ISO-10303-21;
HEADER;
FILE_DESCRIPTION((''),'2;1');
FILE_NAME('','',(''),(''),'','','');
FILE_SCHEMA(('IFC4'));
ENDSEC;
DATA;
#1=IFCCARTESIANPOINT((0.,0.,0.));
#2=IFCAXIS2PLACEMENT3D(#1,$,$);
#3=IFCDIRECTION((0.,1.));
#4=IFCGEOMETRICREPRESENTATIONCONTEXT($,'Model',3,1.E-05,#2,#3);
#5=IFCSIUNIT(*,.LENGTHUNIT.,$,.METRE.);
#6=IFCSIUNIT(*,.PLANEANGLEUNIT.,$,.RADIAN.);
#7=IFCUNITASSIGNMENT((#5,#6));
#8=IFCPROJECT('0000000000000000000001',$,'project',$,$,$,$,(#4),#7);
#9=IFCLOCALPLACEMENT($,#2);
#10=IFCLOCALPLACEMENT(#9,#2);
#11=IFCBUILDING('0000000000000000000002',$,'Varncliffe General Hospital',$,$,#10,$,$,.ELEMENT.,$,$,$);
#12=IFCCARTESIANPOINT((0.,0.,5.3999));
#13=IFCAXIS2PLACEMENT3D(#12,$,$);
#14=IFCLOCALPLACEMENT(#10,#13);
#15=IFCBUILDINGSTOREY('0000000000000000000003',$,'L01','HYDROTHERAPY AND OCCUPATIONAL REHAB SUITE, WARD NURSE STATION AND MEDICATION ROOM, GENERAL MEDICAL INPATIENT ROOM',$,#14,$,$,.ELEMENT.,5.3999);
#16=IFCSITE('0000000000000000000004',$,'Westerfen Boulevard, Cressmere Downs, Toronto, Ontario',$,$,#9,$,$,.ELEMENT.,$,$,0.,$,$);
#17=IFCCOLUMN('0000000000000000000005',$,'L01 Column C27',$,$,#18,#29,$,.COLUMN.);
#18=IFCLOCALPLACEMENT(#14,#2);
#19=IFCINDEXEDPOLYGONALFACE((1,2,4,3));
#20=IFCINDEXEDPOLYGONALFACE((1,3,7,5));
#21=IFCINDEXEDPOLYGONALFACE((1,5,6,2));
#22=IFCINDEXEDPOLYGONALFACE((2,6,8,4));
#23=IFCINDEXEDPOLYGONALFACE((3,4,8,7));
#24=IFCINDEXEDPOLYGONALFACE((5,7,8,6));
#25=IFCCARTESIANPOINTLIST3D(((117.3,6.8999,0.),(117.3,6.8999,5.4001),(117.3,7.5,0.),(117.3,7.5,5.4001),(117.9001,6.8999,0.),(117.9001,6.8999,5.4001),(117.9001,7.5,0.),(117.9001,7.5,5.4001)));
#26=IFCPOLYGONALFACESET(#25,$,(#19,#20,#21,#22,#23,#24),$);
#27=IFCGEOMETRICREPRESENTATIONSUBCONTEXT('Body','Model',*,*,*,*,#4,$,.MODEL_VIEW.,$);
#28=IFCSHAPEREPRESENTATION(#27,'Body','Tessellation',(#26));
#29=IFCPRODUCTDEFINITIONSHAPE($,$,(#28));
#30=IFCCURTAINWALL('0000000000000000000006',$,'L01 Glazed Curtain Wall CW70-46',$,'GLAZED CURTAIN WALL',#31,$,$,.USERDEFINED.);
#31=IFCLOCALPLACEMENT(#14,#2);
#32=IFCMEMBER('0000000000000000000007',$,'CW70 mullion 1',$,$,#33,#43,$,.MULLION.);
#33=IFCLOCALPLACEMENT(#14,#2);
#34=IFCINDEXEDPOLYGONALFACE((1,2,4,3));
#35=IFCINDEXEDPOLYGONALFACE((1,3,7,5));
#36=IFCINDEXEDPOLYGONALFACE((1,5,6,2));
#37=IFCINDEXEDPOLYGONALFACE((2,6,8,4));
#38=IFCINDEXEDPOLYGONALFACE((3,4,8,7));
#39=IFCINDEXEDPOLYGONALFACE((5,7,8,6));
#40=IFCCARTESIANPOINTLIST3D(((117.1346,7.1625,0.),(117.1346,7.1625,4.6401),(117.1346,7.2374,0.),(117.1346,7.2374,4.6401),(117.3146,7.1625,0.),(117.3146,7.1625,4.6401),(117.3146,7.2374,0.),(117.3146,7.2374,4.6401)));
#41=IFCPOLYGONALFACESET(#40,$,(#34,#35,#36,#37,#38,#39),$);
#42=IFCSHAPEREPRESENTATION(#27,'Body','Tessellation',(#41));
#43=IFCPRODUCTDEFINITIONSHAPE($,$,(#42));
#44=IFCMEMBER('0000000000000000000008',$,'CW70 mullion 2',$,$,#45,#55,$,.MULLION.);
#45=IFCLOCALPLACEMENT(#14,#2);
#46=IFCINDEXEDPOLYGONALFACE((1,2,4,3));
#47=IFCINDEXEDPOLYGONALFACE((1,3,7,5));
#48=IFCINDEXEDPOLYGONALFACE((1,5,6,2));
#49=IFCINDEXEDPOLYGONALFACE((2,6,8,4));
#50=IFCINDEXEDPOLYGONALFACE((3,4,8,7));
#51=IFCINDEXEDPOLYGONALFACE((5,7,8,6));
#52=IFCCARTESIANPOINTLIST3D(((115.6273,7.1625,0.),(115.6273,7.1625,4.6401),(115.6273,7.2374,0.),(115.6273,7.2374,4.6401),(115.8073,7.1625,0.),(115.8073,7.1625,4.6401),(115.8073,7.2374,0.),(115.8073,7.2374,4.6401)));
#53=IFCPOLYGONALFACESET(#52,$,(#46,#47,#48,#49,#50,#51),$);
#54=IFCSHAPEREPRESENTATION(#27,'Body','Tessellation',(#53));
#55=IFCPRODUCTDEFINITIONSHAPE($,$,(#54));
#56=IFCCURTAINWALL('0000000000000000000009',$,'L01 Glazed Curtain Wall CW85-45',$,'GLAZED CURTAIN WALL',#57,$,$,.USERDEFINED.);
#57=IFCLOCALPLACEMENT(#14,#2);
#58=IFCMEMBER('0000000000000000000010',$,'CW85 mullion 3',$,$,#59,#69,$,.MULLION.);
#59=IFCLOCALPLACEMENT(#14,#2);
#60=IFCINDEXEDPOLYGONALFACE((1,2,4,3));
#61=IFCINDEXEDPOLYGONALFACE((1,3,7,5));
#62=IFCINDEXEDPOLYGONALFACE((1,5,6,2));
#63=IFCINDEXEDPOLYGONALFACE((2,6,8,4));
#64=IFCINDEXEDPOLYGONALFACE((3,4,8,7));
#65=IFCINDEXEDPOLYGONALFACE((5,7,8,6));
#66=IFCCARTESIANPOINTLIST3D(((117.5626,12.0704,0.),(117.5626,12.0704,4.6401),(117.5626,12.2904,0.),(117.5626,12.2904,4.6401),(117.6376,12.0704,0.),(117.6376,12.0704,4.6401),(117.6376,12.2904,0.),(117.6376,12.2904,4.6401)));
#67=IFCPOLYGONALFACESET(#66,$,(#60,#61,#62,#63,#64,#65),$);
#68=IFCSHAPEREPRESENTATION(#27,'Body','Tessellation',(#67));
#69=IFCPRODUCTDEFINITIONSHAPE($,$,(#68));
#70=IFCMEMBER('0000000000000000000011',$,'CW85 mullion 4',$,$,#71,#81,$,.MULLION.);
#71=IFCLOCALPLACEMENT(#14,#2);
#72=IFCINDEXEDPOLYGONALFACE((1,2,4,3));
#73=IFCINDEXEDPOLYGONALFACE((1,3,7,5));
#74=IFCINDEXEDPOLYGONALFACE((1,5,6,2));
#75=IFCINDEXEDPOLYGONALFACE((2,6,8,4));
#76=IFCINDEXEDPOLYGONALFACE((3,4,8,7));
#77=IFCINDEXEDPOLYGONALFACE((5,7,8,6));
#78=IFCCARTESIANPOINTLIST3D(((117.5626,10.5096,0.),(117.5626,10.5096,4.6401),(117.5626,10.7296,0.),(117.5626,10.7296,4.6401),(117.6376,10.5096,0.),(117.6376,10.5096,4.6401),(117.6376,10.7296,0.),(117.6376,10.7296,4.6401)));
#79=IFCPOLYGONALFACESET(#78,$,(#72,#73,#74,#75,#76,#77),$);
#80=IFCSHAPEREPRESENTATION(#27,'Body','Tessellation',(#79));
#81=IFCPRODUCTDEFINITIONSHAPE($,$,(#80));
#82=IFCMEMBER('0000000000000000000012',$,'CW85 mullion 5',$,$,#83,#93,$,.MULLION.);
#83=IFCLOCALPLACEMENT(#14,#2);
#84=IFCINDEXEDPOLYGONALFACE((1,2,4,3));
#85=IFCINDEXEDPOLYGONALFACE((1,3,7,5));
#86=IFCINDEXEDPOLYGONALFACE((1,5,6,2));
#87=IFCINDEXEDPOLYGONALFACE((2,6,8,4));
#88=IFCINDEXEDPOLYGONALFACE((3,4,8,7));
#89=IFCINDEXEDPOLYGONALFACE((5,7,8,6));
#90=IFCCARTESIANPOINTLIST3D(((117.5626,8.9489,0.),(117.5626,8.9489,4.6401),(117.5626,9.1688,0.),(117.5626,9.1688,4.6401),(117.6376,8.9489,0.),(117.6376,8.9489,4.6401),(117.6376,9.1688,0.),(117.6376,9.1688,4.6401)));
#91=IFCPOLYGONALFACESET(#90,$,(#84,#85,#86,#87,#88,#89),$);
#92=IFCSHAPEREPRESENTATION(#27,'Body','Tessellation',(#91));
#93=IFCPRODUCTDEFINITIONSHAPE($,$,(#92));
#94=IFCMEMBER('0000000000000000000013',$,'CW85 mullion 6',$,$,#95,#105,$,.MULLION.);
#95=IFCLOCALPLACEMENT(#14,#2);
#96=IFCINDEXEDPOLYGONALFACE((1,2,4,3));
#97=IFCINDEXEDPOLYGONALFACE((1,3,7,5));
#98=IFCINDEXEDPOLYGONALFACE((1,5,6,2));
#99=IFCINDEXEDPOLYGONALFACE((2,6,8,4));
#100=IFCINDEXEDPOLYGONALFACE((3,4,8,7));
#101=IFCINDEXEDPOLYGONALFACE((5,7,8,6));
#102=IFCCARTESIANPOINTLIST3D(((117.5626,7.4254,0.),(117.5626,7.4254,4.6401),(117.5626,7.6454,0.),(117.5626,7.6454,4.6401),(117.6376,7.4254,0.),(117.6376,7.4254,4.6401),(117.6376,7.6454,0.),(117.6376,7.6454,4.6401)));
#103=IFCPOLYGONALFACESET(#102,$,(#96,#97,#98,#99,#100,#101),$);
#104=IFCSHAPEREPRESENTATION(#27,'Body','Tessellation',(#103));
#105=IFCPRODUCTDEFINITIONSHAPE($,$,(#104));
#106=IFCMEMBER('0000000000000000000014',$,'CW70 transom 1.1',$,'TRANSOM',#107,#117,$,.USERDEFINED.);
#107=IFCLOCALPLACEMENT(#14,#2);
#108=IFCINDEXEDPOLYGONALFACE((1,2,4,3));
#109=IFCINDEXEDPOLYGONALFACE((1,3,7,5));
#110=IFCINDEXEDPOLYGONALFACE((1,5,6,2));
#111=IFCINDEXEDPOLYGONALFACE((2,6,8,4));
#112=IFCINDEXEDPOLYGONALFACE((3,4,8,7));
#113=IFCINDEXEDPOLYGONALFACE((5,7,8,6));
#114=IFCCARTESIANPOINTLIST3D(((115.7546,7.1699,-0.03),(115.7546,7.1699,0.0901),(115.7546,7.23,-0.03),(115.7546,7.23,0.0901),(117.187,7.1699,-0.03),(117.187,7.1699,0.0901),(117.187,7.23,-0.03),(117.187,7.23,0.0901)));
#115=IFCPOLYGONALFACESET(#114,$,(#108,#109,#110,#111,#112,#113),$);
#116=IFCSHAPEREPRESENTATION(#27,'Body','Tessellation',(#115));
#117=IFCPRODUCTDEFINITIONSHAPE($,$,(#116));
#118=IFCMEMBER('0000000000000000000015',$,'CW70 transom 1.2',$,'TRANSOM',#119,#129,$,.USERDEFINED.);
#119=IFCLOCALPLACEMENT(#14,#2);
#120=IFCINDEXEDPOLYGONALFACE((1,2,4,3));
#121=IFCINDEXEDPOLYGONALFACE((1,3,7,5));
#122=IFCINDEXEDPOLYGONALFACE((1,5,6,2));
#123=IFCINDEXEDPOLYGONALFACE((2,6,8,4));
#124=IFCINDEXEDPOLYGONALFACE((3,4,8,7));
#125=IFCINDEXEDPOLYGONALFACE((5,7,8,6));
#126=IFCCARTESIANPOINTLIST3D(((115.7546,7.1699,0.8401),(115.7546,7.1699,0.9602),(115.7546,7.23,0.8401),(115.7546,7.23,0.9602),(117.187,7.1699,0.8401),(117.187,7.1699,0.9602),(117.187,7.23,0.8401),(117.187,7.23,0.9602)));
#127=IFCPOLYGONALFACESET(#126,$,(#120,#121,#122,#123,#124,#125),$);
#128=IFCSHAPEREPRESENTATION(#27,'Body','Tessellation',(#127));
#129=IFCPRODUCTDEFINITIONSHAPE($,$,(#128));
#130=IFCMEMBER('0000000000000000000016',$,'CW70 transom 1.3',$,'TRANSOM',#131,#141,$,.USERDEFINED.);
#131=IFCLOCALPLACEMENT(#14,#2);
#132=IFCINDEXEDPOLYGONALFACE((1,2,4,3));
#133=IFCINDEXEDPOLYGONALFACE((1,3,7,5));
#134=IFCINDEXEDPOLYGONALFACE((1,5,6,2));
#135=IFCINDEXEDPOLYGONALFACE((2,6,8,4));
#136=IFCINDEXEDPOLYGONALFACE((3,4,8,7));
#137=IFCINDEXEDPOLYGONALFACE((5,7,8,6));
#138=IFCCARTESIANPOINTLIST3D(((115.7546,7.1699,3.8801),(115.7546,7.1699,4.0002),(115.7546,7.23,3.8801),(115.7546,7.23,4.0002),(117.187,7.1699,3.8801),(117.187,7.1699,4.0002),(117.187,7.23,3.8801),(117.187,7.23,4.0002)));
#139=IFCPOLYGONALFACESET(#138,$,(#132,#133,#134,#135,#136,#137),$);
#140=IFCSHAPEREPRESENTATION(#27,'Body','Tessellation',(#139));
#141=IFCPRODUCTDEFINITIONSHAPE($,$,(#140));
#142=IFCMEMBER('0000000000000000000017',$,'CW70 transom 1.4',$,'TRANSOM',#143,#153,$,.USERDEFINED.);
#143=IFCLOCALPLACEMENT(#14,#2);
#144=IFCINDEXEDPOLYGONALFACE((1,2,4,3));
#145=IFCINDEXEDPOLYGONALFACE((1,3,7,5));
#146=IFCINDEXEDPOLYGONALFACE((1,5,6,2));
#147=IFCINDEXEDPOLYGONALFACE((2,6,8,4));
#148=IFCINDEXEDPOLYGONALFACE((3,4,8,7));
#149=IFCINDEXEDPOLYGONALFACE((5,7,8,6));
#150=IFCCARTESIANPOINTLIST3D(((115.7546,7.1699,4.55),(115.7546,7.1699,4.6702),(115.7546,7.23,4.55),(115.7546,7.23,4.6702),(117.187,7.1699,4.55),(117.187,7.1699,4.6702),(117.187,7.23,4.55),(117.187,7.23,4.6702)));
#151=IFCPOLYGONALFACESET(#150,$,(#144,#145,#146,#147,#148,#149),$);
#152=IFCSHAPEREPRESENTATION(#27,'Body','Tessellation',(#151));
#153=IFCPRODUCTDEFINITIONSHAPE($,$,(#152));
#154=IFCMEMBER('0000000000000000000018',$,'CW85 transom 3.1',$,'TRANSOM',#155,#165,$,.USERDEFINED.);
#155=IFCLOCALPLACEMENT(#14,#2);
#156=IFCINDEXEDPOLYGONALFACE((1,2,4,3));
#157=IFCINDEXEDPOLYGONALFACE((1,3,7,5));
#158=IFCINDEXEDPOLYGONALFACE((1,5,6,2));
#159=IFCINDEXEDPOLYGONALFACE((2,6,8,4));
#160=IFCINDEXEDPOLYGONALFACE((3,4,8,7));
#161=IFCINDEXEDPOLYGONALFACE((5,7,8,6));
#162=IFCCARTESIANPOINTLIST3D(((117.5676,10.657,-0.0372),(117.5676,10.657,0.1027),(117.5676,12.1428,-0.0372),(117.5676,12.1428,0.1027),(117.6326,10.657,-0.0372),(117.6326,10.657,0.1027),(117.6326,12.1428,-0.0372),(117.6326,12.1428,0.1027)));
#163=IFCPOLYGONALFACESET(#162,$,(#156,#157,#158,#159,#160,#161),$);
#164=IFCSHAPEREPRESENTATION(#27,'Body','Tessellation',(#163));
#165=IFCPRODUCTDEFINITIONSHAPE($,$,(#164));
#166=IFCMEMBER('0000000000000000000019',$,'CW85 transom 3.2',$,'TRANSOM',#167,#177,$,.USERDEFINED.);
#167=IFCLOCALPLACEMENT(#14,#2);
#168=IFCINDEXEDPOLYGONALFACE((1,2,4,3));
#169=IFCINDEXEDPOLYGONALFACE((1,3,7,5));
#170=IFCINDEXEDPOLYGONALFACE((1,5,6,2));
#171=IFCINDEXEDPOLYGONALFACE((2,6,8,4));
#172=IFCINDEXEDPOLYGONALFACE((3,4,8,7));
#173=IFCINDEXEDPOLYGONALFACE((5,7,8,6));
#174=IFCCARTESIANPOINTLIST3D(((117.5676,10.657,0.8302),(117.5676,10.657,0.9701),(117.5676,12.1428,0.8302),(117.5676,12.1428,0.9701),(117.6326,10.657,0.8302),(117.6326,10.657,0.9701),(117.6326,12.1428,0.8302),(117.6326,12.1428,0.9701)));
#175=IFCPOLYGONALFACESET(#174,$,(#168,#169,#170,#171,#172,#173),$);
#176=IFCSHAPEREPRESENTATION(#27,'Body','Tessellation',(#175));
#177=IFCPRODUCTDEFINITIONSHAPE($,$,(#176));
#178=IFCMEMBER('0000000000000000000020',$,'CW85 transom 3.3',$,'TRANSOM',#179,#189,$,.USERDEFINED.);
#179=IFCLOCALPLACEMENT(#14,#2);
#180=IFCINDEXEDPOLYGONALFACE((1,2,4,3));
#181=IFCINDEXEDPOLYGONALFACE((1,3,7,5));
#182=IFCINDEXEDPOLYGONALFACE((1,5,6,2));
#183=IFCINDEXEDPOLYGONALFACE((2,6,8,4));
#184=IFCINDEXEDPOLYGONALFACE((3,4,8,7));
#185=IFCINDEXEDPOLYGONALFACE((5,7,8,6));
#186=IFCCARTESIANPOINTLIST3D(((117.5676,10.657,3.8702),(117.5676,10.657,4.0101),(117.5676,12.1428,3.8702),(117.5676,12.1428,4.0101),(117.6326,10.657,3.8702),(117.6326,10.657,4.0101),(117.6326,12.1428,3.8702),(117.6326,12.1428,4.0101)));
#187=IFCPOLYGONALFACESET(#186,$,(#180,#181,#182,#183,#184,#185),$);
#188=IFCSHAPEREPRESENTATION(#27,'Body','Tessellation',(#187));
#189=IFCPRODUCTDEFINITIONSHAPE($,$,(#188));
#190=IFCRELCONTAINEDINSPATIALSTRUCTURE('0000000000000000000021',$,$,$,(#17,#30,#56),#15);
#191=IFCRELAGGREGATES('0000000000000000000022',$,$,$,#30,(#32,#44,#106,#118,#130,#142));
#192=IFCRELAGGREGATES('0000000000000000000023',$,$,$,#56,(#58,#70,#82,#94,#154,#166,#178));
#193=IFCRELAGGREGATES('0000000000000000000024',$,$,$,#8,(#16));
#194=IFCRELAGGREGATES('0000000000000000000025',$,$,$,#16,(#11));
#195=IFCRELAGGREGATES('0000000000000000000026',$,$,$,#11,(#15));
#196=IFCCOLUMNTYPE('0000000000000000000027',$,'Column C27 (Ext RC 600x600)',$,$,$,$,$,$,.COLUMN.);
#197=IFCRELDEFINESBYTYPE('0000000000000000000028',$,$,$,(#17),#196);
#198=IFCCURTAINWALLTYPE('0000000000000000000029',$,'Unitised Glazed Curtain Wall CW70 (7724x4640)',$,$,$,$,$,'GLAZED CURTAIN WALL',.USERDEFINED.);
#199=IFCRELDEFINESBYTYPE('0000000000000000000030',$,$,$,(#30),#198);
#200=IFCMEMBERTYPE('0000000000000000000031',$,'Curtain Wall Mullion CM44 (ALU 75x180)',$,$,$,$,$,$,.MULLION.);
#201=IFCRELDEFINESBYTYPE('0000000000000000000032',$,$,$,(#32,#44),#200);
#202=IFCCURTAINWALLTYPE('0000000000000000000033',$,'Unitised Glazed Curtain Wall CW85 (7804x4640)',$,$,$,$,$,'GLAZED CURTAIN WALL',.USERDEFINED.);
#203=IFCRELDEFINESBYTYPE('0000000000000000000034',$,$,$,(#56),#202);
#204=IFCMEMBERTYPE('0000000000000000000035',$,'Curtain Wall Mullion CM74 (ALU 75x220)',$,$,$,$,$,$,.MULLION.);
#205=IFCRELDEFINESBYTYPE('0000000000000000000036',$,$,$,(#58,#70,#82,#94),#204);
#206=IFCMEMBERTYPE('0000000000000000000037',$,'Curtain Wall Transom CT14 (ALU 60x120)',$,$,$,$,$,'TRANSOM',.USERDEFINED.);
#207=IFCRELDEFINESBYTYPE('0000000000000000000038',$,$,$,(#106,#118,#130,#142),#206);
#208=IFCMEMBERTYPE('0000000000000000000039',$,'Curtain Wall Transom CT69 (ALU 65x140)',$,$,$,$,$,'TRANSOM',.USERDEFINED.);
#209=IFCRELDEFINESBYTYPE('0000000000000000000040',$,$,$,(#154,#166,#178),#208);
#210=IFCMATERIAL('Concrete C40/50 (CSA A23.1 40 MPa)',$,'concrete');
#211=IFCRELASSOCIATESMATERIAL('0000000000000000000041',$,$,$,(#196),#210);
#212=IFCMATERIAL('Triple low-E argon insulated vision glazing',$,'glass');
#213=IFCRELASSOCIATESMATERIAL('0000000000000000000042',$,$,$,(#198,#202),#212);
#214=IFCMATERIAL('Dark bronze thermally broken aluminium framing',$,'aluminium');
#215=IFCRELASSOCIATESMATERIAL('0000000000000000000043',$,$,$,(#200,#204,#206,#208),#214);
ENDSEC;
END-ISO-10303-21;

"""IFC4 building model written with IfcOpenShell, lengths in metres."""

from ifc_helpers import new_model, si_unit, direction, frame, origin, origin_2d, place, context, subcontext, project, spatial, rectangle, extrude, material, material_profile, profile_set, type_object, element, aggregate, save


model = new_model("IFC4")

# Units and contexts
model_context = context("Model", 3, precision=1e-05, world=origin(), true_north=direction((0.0, 1.0)))
body_context = subcontext(model_context, "Body", "Model", "MODEL_VIEW")
ifc_project = project(units=[si_unit("LENGTHUNIT", "METRE"), si_unit("PLANEANGLEUNIT", "RADIAN")], contexts=[model_context])

# Site, building, storey
site_placement = place(None, origin())
site = spatial("IfcSite", under=ifc_project, at=site_placement, Name="Westerfen Boulevard, Cressmere Downs, Toronto, Ontario", CompositionType="ELEMENT", RefElevation=0.0)
building_placement = place(site_placement, origin())
building = spatial("IfcBuilding", under=site, at=building_placement, Name="Varncliffe General Hospital", CompositionType="ELEMENT")
storey_placement = place(building_placement, frame((0.0, 0.0, 5.3999)))
storey = spatial("IfcBuildingStorey", under=building, at=storey_placement, Name="L01", Description="HYDROTHERAPY AND OCCUPATIONAL REHAB SUITE, WARD NURSE STATION AND MEDICATION ROOM, GENERAL MEDICAL INPATIENT ROOM", CompositionType="ELEMENT", Elevation=5.3999)

# Column
ifc_material_1 = material(Name="Concrete C40/50 (CSA A23.1 40 MPa)", Category="concrete")
ifc_material_profile_1 = material_profile(ifc_material_1, rectangle(XDim=0.6001, YDim=0.6001, at=origin_2d()), Name="RC 600x600")
ifc_profile_set_1 = profile_set([ifc_material_profile_1], Name="Concrete C40/50 (CSA A23.1 40 MPa)")
column_type = type_object("IfcColumnType", Name="Column C27 (Ext RC 600x600)", PredefinedType="COLUMN", material=ifc_profile_set_1)
column_placement = place(storey_placement, frame((117.6001, 7.2, 0.0), z_axis=(0.0, 0.0, 1.0), x_axis=(1.0, 0.0, 0.0)))
element("IfcColumn", 1, at=column_placement, inside=storey, type_object=column_type, Name="L01 Column C27", PredefinedType="COLUMN", context=body_context, shape_type="SweptSolid", body=[
    extrude(rectangle(XDim=0.6001, YDim=0.6001, at=origin_2d()), origin(), (0.0, 0.0, 1.0), 5.4001),
])

# Curtain walls, members
ifc_material_2 = material(Name="Triple low-E argon insulated vision glazing", Category="glass")
curtain_wall_type_1 = type_object("IfcCurtainWallType", Name="Unitised Glazed Curtain Wall CW70 (7724x4640)", ElementType="GLAZED CURTAIN WALL", PredefinedType="USERDEFINED", material=ifc_material_2)
curtain_wall_1_placement = place(storey_placement, origin())
curtain_wall_1 = element("IfcCurtainWall", 2, at=curtain_wall_1_placement, inside=storey, type_object=curtain_wall_type_1, Name="L01 Glazed Curtain Wall CW70-46", ObjectType="GLAZED CURTAIN WALL", PredefinedType="USERDEFINED")
ifc_material_3 = material(Name="Dark bronze thermally broken aluminium framing", Category="aluminium")
ifc_material_profile_2 = material_profile(ifc_material_3, rectangle(XDim=0.075, YDim=0.1799, at=origin_2d()), Name="ALU 75x180")
ifc_profile_set_2 = profile_set([ifc_material_profile_2], Name="Dark bronze thermally broken aluminium framing")
member_type_1 = type_object("IfcMemberType", Name="Curtain Wall Mullion CM44 (ALU 75x180)", PredefinedType="MULLION", material=ifc_profile_set_2)
member_1_placement = place(storey_placement, frame((117.2246, 7.2, 0.0), z_axis=(0.0, 0.0, 1.0), x_axis=(0.0, -1.0, 0.0)))
member_1 = element("IfcMember", 3, at=member_1_placement, type_object=member_type_1, Name="CW70 mullion 1", PredefinedType="MULLION", context=body_context, shape_type="SweptSolid", body=[
    extrude(rectangle(XDim=0.075, YDim=0.1799, at=origin_2d()), origin(), (0.0, 0.0, 1.0), 4.6401),
])
member_2_placement = place(storey_placement, frame((115.7173, 7.2, 0.0), z_axis=(0.0, 0.0, 1.0), x_axis=(0.0, -1.0, 0.0)))
member_2 = element("IfcMember", 4, at=member_2_placement, type_object=member_type_1, Name="CW70 mullion 2", PredefinedType="MULLION", context=body_context, shape_type="SweptSolid", body=[
    extrude(rectangle(XDim=0.075, YDim=0.1799, at=origin_2d()), origin(), (0.0, 0.0, 1.0), 4.6401),
])
curtain_wall_type_2 = type_object("IfcCurtainWallType", Name="Unitised Glazed Curtain Wall CW85 (7804x4640)", ElementType="GLAZED CURTAIN WALL", PredefinedType="USERDEFINED", material=ifc_material_2)
curtain_wall_2_placement = place(storey_placement, origin())
curtain_wall_2 = element("IfcCurtainWall", 5, at=curtain_wall_2_placement, inside=storey, type_object=curtain_wall_type_2, Name="L01 Glazed Curtain Wall CW85-45", ObjectType="GLAZED CURTAIN WALL", PredefinedType="USERDEFINED")
ifc_material_profile_3 = material_profile(ifc_material_3, rectangle(XDim=0.075, YDim=0.22, at=origin_2d()), Name="ALU 75x220")
ifc_profile_set_3 = profile_set([ifc_material_profile_3], Name="Dark bronze thermally broken aluminium framing")
member_type_2 = type_object("IfcMemberType", Name="Curtain Wall Mullion CM74 (ALU 75x220)", PredefinedType="MULLION", material=ifc_profile_set_3)
member_3_placement = place(storey_placement, frame((117.6001, 12.1804, 0.0), z_axis=(0.0, 0.0, 1.0), x_axis=(1.0, 0.0, 0.0)))
member_3 = element("IfcMember", 6, at=member_3_placement, type_object=member_type_2, Name="CW85 mullion 3", PredefinedType="MULLION", context=body_context, shape_type="SweptSolid", body=[
    extrude(rectangle(XDim=0.075, YDim=0.22, at=origin_2d()), origin(), (0.0, 0.0, 1.0), 4.6401),
])
member_4_placement = place(storey_placement, frame((117.6001, 10.6196, 0.0), z_axis=(0.0, 0.0, 1.0), x_axis=(1.0, 0.0, 0.0)))
member_4 = element("IfcMember", 7, at=member_4_placement, type_object=member_type_2, Name="CW85 mullion 4", PredefinedType="MULLION", context=body_context, shape_type="SweptSolid", body=[
    extrude(rectangle(XDim=0.075, YDim=0.22, at=origin_2d()), origin(), (0.0, 0.0, 1.0), 4.6401),
])
member_5_placement = place(storey_placement, frame((117.6001, 9.0588, 0.0), z_axis=(0.0, 0.0, 1.0), x_axis=(1.0, 0.0, 0.0)))
member_5 = element("IfcMember", 8, at=member_5_placement, type_object=member_type_2, Name="CW85 mullion 5", PredefinedType="MULLION", context=body_context, shape_type="SweptSolid", body=[
    extrude(rectangle(XDim=0.075, YDim=0.22, at=origin_2d()), origin(), (0.0, 0.0, 1.0), 4.6401),
])
member_6_placement = place(storey_placement, frame((117.6001, 7.5354, 0.0), z_axis=(0.0, 0.0, 1.0), x_axis=(1.0, 0.0, 0.0)))
member_6 = element("IfcMember", 9, at=member_6_placement, type_object=member_type_2, Name="CW85 mullion 6", PredefinedType="MULLION", context=body_context, shape_type="SweptSolid", body=[
    extrude(rectangle(XDim=0.075, YDim=0.22, at=origin_2d()), origin(), (0.0, 0.0, 1.0), 4.6401),
])

# Members
ifc_material_profile_4 = material_profile(ifc_material_3, rectangle(XDim=0.0601, YDim=0.1201, at=origin_2d()), Name="ALU 60x120")
ifc_profile_set_4 = profile_set([ifc_material_profile_4], Name="Dark bronze thermally broken aluminium framing")
member_type_3 = type_object("IfcMemberType", Name="Curtain Wall Transom CT14 (ALU 60x120)", ElementType="TRANSOM", PredefinedType="USERDEFINED", material=ifc_profile_set_4)
member_7_placement = place(storey_placement, frame((117.187, 7.2, 0.03), z_axis=(-1.0, 0.0, 0.0), x_axis=(0.0, -1.0, 0.0)))
member_7 = element("IfcMember", 10, at=member_7_placement, type_object=member_type_3, Name="CW70 transom 1.1", ObjectType="TRANSOM", PredefinedType="USERDEFINED", context=body_context, shape_type="SweptSolid", body=[
    extrude(rectangle(XDim=0.0601, YDim=0.1201, at=origin_2d()), origin(), (0.0, 0.0, 1.0), 1.4324),
])
member_8_placement = place(storey_placement, frame((117.187, 7.2, 0.9001), z_axis=(-1.0, 0.0, 0.0), x_axis=(0.0, -1.0, 0.0)))
member_8 = element("IfcMember", 11, at=member_8_placement, type_object=member_type_3, Name="CW70 transom 1.2", ObjectType="TRANSOM", PredefinedType="USERDEFINED", context=body_context, shape_type="SweptSolid", body=[
    extrude(rectangle(XDim=0.0601, YDim=0.1201, at=origin_2d()), origin(), (0.0, 0.0, 1.0), 1.4324),
])
member_9_placement = place(storey_placement, frame((117.187, 7.2, 3.9402), z_axis=(-1.0, 0.0, 0.0), x_axis=(0.0, -1.0, 0.0)))
member_9 = element("IfcMember", 12, at=member_9_placement, type_object=member_type_3, Name="CW70 transom 1.3", ObjectType="TRANSOM", PredefinedType="USERDEFINED", context=body_context, shape_type="SweptSolid", body=[
    extrude(rectangle(XDim=0.0601, YDim=0.1201, at=origin_2d()), origin(), (0.0, 0.0, 1.0), 1.4324),
])
member_10_placement = place(storey_placement, frame((117.187, 7.2, 4.6101), z_axis=(-1.0, 0.0, 0.0), x_axis=(0.0, -1.0, 0.0)))
member_10 = element("IfcMember", 13, at=member_10_placement, type_object=member_type_3, Name="CW70 transom 1.4", ObjectType="TRANSOM", PredefinedType="USERDEFINED", context=body_context, shape_type="SweptSolid", body=[
    extrude(rectangle(XDim=0.0601, YDim=0.1201, at=origin_2d()), origin(), (0.0, 0.0, 1.0), 1.4324),
])
ifc_material_profile_5 = material_profile(ifc_material_3, rectangle(XDim=0.0649, YDim=0.1399, at=origin_2d()), Name="ALU 65x140")
ifc_profile_set_5 = profile_set([ifc_material_profile_5], Name="Dark bronze thermally broken aluminium framing")
member_type_4 = type_object("IfcMemberType", Name="Curtain Wall Transom CT69 (ALU 65x140)", ElementType="TRANSOM", PredefinedType="USERDEFINED", material=ifc_profile_set_5)
member_11_placement = place(storey_placement, frame((117.6001, 12.1428, 0.0327), z_axis=(0.0, -1.0, 0.0), x_axis=(1.0, 0.0, 0.0)))
member_11 = element("IfcMember", 14, at=member_11_placement, type_object=member_type_4, Name="CW85 transom 3.1", ObjectType="TRANSOM", PredefinedType="USERDEFINED", context=body_context, shape_type="SweptSolid", body=[
    extrude(rectangle(XDim=0.0649, YDim=0.1399, at=origin_2d()), origin(), (0.0, 0.0, 1.0), 1.4858),
])
member_12_placement = place(storey_placement, frame((117.6001, 12.1428, 0.9001), z_axis=(0.0, -1.0, 0.0), x_axis=(1.0, 0.0, 0.0)))
member_12 = element("IfcMember", 15, at=member_12_placement, type_object=member_type_4, Name="CW85 transom 3.2", ObjectType="TRANSOM", PredefinedType="USERDEFINED", context=body_context, shape_type="SweptSolid", body=[
    extrude(rectangle(XDim=0.0649, YDim=0.1399, at=origin_2d()), origin(), (0.0, 0.0, 1.0), 1.4858),
])
member_13_placement = place(storey_placement, frame((117.6001, 12.1428, 3.9402), z_axis=(0.0, -1.0, 0.0), x_axis=(1.0, 0.0, 0.0)))
member_13 = element("IfcMember", 16, at=member_13_placement, type_object=member_type_4, Name="CW85 transom 3.3", ObjectType="TRANSOM", PredefinedType="USERDEFINED", context=body_context, shape_type="SweptSolid", body=[
    extrude(rectangle(XDim=0.0649, YDim=0.1399, at=origin_2d()), origin(), (0.0, 0.0, 1.0), 1.4858),
])

aggregate(curtain_wall_1, [member_1, member_2, member_7, member_8, member_9, member_10])
aggregate(curtain_wall_2, [member_3, member_4, member_5, member_6, member_11, member_12, member_13])

save(model, "model.ifc")
